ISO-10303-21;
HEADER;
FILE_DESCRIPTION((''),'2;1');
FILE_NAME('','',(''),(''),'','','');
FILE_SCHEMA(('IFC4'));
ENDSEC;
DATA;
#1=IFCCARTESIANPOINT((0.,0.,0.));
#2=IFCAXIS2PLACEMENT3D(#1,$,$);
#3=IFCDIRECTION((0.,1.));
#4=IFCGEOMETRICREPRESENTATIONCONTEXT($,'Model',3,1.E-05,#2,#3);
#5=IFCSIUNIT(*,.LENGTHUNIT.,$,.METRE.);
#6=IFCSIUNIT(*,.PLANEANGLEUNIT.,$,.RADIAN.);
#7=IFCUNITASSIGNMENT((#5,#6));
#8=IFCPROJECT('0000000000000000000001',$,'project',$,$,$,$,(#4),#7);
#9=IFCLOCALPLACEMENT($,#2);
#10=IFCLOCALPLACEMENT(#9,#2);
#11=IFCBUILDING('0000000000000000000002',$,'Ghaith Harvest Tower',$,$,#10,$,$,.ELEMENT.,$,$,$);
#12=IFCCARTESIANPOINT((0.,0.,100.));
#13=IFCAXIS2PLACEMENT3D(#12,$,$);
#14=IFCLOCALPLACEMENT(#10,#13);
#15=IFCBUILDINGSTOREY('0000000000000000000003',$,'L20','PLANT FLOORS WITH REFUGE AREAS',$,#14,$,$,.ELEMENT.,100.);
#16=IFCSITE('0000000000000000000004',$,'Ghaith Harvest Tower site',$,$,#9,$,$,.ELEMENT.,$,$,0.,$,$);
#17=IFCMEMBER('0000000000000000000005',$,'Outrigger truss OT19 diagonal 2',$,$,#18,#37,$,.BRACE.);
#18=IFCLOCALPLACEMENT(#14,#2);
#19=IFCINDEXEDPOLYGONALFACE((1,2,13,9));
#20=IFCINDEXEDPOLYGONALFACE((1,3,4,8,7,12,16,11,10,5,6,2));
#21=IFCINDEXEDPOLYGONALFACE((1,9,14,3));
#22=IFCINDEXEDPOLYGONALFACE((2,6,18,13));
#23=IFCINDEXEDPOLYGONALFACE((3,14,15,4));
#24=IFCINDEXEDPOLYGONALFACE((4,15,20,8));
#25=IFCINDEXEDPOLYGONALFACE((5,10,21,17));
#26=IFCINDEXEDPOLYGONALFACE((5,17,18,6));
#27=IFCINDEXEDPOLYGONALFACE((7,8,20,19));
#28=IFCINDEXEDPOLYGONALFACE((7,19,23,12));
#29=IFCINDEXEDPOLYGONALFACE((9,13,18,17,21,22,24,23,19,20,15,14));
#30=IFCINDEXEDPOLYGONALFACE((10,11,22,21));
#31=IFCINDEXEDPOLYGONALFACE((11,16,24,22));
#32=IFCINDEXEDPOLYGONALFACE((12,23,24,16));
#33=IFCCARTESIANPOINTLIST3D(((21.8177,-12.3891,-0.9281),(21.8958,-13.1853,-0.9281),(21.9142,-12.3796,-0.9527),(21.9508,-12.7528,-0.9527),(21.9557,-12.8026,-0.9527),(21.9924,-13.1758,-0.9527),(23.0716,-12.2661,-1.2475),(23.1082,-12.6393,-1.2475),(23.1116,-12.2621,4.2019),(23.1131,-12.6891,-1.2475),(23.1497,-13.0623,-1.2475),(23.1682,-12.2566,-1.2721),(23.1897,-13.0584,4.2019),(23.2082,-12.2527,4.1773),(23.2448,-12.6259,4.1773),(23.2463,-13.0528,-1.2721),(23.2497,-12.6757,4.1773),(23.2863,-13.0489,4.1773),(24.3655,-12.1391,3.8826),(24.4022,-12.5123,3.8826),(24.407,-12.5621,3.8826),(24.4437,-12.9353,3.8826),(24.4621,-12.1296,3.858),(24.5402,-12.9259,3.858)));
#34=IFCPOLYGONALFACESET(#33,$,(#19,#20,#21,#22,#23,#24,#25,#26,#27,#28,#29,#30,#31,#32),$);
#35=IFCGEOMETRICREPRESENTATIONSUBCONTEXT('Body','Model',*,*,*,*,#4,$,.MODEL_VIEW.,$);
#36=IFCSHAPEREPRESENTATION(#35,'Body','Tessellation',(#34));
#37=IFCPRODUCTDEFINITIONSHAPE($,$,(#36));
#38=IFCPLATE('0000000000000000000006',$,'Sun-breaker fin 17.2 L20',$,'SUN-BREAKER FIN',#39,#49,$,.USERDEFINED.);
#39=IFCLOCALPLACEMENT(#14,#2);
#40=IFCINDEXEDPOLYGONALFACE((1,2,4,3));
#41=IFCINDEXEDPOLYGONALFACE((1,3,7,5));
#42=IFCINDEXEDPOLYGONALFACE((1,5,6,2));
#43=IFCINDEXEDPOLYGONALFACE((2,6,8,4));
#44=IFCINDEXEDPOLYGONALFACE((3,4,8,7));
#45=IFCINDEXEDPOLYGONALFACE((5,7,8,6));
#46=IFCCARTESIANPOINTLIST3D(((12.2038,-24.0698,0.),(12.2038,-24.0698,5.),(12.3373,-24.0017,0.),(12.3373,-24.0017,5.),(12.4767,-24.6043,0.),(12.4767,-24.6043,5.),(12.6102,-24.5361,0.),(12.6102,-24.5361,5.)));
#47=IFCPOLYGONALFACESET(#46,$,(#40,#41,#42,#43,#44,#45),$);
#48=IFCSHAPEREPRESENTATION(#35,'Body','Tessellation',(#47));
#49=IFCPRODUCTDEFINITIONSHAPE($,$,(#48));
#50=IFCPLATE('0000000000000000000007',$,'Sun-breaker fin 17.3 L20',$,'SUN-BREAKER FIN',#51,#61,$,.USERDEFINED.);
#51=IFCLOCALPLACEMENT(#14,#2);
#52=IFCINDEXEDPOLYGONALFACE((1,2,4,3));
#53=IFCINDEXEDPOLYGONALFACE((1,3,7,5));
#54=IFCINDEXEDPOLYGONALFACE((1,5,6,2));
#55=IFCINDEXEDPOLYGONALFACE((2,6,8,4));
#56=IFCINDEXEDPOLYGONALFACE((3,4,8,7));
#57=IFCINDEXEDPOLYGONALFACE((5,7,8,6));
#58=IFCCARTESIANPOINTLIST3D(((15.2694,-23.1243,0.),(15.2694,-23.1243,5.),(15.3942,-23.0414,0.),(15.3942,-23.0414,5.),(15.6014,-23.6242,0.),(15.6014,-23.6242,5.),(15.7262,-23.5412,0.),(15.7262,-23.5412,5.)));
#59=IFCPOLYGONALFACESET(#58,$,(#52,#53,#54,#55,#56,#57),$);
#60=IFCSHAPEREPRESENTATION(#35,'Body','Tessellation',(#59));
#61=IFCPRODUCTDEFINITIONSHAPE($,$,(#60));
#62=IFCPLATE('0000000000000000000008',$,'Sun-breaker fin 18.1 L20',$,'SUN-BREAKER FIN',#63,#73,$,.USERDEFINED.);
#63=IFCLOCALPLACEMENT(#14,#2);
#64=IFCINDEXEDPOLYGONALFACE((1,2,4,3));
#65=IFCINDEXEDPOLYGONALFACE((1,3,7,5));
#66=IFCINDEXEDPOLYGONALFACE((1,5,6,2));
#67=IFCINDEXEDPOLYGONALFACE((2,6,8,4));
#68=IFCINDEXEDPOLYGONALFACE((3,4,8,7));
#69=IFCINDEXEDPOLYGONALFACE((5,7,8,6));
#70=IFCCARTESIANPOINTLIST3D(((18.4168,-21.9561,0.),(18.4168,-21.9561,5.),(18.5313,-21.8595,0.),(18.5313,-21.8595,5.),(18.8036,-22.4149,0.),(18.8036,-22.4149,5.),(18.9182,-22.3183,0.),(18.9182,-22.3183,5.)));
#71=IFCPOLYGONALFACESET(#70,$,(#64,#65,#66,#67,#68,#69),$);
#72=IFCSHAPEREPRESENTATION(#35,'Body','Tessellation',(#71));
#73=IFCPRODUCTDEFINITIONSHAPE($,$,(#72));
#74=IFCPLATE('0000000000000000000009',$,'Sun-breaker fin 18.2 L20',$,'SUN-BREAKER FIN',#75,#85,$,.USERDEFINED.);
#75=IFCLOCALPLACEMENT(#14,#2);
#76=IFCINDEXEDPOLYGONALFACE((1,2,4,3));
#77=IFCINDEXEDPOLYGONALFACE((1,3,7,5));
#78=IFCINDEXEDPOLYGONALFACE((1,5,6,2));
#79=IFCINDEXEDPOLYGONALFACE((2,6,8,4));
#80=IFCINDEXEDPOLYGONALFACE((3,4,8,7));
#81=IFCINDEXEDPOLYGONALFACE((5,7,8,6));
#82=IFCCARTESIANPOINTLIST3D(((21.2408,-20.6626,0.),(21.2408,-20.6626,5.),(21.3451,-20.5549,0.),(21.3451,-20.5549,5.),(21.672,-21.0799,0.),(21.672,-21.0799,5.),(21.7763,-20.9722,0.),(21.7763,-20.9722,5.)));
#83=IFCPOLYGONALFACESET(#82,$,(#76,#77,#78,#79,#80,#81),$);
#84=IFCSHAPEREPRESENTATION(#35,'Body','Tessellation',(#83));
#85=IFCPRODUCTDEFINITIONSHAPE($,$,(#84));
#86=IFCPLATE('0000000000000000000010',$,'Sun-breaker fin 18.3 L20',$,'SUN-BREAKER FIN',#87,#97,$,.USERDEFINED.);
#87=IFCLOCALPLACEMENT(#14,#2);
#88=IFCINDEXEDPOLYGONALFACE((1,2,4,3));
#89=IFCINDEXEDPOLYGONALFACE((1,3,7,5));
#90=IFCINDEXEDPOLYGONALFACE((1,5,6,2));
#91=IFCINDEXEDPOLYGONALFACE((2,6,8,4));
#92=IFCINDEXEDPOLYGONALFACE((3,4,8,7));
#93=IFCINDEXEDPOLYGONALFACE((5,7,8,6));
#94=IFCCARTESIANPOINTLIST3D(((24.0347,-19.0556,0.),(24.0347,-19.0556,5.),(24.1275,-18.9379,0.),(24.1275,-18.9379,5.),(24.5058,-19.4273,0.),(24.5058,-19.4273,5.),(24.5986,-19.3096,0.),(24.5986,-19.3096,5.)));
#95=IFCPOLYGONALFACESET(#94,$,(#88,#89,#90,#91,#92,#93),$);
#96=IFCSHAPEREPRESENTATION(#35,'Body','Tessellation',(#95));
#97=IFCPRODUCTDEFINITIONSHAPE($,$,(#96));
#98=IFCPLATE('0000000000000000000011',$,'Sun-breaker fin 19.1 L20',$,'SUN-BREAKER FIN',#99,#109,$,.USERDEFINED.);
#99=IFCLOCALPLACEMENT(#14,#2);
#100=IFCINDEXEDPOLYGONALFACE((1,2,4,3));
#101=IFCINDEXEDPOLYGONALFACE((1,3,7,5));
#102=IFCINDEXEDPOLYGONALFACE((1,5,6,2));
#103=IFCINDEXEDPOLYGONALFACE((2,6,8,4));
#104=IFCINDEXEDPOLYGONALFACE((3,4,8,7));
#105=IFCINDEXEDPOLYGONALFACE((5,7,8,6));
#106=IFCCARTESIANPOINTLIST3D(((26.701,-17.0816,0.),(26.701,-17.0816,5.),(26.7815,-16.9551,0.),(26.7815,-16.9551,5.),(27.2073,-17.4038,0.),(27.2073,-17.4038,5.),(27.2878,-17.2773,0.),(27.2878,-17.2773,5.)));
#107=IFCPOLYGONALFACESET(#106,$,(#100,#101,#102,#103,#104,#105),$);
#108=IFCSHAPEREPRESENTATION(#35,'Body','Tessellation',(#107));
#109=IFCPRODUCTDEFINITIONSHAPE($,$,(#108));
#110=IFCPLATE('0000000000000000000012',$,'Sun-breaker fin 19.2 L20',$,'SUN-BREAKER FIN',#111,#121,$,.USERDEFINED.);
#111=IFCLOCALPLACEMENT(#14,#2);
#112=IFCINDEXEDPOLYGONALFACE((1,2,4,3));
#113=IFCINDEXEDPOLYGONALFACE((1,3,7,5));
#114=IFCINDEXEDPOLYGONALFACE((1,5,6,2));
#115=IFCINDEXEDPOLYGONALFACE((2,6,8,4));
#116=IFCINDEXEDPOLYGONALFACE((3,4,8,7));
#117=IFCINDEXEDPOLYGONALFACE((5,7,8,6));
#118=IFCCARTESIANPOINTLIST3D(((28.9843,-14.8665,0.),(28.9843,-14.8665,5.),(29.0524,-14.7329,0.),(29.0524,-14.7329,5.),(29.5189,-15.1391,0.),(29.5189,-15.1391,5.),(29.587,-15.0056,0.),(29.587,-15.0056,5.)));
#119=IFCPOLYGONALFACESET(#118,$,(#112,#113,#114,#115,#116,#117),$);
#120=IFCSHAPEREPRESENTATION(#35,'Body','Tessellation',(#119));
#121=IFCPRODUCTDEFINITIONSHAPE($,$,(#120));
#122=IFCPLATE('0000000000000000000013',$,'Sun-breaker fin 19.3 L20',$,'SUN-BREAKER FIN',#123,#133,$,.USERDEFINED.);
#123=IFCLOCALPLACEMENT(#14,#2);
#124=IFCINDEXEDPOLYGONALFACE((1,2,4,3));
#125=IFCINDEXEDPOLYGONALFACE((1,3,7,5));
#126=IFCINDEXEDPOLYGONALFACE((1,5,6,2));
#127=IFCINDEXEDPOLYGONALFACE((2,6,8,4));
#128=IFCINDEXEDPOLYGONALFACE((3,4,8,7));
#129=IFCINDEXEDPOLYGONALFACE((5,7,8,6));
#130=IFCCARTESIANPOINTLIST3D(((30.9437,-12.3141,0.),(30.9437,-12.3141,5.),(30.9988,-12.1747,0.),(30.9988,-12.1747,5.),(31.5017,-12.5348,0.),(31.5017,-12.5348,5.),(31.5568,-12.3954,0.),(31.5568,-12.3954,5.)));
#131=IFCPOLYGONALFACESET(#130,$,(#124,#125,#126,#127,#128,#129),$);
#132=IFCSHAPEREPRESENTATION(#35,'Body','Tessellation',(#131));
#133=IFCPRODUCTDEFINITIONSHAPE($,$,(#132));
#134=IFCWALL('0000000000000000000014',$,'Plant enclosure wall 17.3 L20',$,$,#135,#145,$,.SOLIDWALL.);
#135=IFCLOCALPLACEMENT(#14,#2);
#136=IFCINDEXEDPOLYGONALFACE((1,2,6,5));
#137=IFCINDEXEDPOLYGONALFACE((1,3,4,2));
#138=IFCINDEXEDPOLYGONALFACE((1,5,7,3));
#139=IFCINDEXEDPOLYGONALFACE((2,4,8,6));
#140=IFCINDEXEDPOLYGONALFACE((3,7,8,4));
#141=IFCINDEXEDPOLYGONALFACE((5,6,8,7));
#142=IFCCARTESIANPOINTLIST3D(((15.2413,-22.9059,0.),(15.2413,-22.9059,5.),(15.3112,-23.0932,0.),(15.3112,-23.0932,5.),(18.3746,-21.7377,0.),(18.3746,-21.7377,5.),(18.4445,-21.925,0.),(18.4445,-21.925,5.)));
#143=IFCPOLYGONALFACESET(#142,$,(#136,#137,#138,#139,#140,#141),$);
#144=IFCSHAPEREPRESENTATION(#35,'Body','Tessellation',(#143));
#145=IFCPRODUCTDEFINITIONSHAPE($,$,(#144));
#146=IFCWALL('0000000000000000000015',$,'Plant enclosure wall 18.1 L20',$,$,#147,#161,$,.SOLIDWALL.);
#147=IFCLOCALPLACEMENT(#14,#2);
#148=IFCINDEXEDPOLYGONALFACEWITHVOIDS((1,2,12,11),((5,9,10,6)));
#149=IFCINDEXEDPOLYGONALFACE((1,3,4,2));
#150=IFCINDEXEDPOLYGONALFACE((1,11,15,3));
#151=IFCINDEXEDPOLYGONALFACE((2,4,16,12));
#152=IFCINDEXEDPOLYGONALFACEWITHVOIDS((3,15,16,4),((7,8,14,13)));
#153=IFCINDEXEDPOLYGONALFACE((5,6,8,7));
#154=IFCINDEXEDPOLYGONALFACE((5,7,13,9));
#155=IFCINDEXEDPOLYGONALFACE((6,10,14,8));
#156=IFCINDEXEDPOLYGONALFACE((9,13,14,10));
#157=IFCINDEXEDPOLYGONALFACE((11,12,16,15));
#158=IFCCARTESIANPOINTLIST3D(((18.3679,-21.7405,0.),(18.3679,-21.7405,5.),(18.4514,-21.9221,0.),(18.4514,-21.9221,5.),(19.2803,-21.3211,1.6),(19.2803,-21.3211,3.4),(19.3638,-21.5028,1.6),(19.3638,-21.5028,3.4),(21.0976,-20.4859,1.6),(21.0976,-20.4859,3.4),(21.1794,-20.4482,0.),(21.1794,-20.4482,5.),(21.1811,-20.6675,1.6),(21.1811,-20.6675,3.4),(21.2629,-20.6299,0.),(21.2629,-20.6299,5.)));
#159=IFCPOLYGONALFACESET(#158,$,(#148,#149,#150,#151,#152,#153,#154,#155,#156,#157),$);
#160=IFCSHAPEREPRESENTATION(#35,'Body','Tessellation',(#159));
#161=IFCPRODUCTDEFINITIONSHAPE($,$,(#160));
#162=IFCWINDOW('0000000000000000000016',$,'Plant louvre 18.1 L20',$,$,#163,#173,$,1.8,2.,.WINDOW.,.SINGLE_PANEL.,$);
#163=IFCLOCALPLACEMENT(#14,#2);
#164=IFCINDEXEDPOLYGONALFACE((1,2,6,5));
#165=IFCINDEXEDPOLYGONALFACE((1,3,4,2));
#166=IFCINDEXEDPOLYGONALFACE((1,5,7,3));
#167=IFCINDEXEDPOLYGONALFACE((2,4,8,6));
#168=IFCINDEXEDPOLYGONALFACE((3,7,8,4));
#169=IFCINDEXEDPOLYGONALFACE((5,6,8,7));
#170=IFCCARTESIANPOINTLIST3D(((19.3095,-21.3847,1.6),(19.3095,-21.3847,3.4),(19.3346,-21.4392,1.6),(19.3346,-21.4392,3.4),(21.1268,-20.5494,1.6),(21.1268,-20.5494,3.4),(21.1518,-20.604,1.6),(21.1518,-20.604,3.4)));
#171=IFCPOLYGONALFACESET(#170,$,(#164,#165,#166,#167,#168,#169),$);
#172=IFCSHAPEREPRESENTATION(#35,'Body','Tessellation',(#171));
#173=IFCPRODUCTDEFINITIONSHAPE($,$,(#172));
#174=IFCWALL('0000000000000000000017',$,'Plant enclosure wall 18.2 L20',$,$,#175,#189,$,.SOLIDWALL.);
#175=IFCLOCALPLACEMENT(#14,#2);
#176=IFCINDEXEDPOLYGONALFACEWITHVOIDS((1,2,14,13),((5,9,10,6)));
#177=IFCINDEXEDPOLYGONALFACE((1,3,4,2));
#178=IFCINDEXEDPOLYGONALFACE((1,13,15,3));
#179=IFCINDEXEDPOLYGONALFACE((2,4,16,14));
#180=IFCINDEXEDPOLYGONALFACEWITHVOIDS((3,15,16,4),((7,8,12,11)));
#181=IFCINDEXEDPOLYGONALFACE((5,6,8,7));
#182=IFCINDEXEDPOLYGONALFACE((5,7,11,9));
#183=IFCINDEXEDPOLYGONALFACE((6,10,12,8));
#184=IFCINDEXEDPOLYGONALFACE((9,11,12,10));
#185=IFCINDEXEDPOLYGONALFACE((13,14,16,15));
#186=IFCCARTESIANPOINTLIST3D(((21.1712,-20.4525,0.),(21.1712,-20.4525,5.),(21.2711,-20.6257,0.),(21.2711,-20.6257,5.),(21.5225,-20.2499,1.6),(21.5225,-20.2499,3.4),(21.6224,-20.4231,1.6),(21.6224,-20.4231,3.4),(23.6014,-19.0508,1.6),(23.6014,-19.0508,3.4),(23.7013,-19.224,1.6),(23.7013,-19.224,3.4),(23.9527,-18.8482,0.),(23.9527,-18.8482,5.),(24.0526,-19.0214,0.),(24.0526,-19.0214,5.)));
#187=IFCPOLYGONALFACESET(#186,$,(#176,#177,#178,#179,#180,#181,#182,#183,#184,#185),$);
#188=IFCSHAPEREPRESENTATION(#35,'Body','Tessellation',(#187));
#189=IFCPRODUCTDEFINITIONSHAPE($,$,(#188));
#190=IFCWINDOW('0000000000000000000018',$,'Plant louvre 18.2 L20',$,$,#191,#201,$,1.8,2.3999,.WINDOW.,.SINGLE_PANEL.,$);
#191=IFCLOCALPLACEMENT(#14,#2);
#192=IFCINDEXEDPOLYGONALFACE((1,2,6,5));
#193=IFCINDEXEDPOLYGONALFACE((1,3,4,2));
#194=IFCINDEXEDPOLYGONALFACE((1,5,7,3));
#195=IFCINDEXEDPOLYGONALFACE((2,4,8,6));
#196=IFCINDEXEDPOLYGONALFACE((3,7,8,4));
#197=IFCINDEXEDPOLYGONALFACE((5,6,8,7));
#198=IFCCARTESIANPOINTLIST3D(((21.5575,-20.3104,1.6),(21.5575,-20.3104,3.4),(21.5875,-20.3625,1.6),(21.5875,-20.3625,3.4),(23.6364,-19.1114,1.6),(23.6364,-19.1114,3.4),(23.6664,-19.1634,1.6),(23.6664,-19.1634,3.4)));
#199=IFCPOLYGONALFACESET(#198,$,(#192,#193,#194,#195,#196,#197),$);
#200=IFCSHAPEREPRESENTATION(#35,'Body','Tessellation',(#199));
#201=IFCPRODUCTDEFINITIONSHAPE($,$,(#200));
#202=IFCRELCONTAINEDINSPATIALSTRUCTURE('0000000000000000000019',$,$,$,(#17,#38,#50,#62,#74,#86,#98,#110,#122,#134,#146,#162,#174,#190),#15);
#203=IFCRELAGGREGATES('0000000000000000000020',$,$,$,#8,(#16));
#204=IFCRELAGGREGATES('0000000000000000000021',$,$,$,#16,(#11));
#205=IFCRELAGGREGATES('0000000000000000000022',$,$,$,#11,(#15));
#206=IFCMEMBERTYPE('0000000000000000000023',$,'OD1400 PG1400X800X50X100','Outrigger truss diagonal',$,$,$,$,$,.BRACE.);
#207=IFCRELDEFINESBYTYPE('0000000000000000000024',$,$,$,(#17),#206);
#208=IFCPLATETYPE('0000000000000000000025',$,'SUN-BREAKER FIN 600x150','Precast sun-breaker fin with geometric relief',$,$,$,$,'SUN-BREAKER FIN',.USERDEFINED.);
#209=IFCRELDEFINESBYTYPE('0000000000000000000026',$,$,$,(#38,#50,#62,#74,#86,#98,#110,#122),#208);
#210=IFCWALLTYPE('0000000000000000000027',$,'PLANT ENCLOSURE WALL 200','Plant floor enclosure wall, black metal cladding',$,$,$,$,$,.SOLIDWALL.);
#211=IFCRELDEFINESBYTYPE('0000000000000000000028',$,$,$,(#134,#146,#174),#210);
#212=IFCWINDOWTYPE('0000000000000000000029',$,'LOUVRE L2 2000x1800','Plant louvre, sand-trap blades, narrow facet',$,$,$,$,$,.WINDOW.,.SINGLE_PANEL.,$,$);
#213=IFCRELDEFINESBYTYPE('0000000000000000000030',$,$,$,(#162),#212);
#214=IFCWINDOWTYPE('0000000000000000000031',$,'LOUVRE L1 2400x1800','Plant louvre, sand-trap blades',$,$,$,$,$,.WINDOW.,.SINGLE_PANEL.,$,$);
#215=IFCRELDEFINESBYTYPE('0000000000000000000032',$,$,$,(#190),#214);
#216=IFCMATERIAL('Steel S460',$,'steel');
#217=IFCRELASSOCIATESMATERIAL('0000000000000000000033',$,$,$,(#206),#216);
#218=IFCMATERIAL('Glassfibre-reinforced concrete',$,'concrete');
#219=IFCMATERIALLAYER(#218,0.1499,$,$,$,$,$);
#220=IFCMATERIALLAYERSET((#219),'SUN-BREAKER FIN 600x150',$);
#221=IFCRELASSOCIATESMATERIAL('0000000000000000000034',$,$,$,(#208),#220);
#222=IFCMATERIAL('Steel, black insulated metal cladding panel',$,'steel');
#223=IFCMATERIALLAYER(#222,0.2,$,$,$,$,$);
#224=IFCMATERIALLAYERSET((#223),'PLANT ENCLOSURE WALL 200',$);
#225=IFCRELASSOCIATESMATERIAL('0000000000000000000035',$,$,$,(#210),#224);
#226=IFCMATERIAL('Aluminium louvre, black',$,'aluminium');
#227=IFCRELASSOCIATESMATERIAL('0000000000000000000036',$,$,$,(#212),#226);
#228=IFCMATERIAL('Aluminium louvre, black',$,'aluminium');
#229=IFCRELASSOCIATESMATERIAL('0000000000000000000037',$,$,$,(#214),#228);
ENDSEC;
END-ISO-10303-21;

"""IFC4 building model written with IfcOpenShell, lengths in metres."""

from ifc_helpers import new_model, si_unit, direction, frame, frame_2d, origin, origin_2d, place, context, subcontext, project, spatial, rectangle, i_section, extrude, material, layer, layer_set, material_profile, profile_set, type_object, element, fill, save


model = new_model("IFC4")

# Units and contexts
model_context = context("Model", 3, precision=1e-05, world=origin(), true_north=direction((0.0, 1.0)))
body_context = subcontext(model_context, "Body", "Model", "MODEL_VIEW")
ifc_project = project(units=[si_unit("LENGTHUNIT", "METRE"), si_unit("PLANEANGLEUNIT", "RADIAN")], contexts=[model_context])

# Site, building, storey
site_placement = place(None, origin())
site = spatial("IfcSite", under=ifc_project, at=site_placement, Name="Ghaith Harvest Tower site", CompositionType="ELEMENT", RefElevation=0.0)
building_placement = place(site_placement, origin())
building = spatial("IfcBuilding", under=site, at=building_placement, Name="Ghaith Harvest Tower", CompositionType="ELEMENT")
storey_placement = place(building_placement, frame((0.0, 0.0, 100.0)))
storey = spatial("IfcBuildingStorey", under=building, at=storey_placement, Name="L20", Description="PLANT FLOORS WITH REFUGE AREAS", CompositionType="ELEMENT", Elevation=100.0)

# Member
ifc_material_1 = material(Name="Steel S460", Category="steel")
ifc_material_profile_1 = material_profile(ifc_material_1, i_section(OverallWidth=0.8, OverallDepth=1.3999, WebThickness=0.05, FlangeThickness=0.1001, at=origin_2d()), Name="PG1400X800X50X100")
ifc_profile_set_1 = profile_set([ifc_material_profile_1], Name="Steel S460")
member_type_1 = type_object("IfcMemberType", Name="OD1400 PG1400X800X50X100", Description="Outrigger truss diagonal", PredefinedType="BRACE", material=ifc_profile_set_1)
member_1_placement = place(storey_placement, frame((22.532, -12.7209, -1.1001), z_axis=(0.244495, 0.023988, 0.969354), x_axis=(-0.097644, 0.995221, 0.0)))
element("IfcMember", 1, at=member_1_placement, inside=storey, type_object=member_type_1, Name="Outrigger truss OT19 diagonal 2", PredefinedType="BRACE", context=body_context, shape_type="SweptSolid", body=[
    extrude(i_section(OverallWidth=0.8, OverallDepth=1.3999, WebThickness=0.05, FlangeThickness=0.1001, at=origin_2d()), origin(), (0.0, 0.0, 1.0), 5.2922),
])

# Plates
ifc_material_2 = material(Name="Glassfibre-reinforced concrete", Category="concrete")
ifc_layer_1 = layer(ifc_material_2, 0.1499)
ifc_layer_set_1 = layer_set([ifc_layer_1], Name="SUN-BREAKER FIN 600x150")
plate_type = type_object("IfcPlateType", Name="SUN-BREAKER FIN 600x150", Description="Precast sun-breaker fin with geometric relief", ElementType="SUN-BREAKER FIN", PredefinedType="USERDEFINED", material=ifc_layer_set_1)
for number, where, z_axis, x_axis, name in (
    (2, (12.407, -24.303, 0.0), (0.0, 0.0, 1.0), (0.454691, -0.890649, 0.0), "Sun-breaker fin 17.2 L20"),
    (3, (15.4978, -23.3328, 0.0), (0.0, 0.0, 1.0), (0.553283, -0.832994, 0.0), "Sun-breaker fin 17.3 L20"),
    (4, (18.6675, -22.1372, 0.0), (0.0, 0.0, 1.0), (0.644657, -0.764472, 0.0), "Sun-breaker fin 18.1 L20"),
    (5, (21.5085, -20.8174, 0.0), (0.0, 0.0, 1.0), (0.718559, -0.695466, 0.0), "Sun-breaker fin 18.2 L20"),
    (6, (24.3167, -19.1826, 0.0), (0.0, 0.0, 1.0), (0.785115, -0.61935, 0.0), "Sun-breaker fin 18.3 L20"),
    (7, (26.9944, -17.1794, 0.0), (0.0, 0.0, 1.0), (0.843644, -0.536903, 0.0), "Sun-breaker fin 19.1 L20"),
    (8, (29.2856, -14.936, 0.0), (0.0, 0.0, 1.0), (0.890831, -0.454335, 0.0), "Sun-breaker fin 19.2 L20"),
    (9, (31.2502, -12.3547, 0.0), (0.0, 0.0, 1.0), (0.929961, -0.367659, 0.0), "Sun-breaker fin 19.3 L20"),
):
    element("IfcPlate", number, at=place(storey_placement, frame(where, z_axis=z_axis, x_axis=x_axis)), inside=storey, type_object=plate_type, Name=name, ObjectType="SUN-BREAKER FIN", PredefinedType="USERDEFINED", context=body_context, shape_type="SweptSolid", body=[
        extrude(rectangle(XDim=0.6001, YDim=0.1499, at=origin_2d()), origin(), (0.0, 0.0, 1.0), 5.0),
    ])

# Wall
ifc_material_3 = material(Name="Steel, black insulated metal cladding panel", Category="steel")
ifc_layer_2 = layer(ifc_material_3, 0.2)
ifc_layer_set_2 = layer_set([ifc_layer_2], Name="PLANT ENCLOSURE WALL 200")
wall_type = type_object("IfcWallType", Name="PLANT ENCLOSURE WALL 200", Description="Plant floor enclosure wall, black metal cladding", PredefinedType="SOLIDWALL", material=ifc_layer_set_2)
wall_1_placement = place(storey_placement, frame((15.2764, -22.9995, 0.0), z_axis=(0.0, 0.0, 1.0), x_axis=(0.936994, 0.349347, 0.0)))
element("IfcWall", 10, at=wall_1_placement, inside=storey, type_object=wall_type, Name="Plant enclosure wall 17.3 L20", PredefinedType="SOLIDWALL", context=body_context, shape_type="SweptSolid", body=[
    extrude(rectangle(XDim=3.344, YDim=0.2, at=frame_2d((1.6719, 0.0))), origin(), (0.0, 0.0, 1.0), 5.0),
])

# Walls, openings, windows
wall_2_placement = place(storey_placement, frame((18.4097, -21.8313, 0.0), z_axis=(0.0, 0.0, 1.0), x_axis=(0.908621, 0.417622, 0.0)))
wall_2 = element("IfcWall", 11, at=wall_2_placement, inside=storey, type_object=wall_type, Name="Plant enclosure wall 18.1 L20", PredefinedType="SOLIDWALL", context=body_context, shape_type="SweptSolid", body=[
    extrude(rectangle(XDim=3.0942, YDim=0.2, at=frame_2d((1.5471, 0.0))), origin(), (0.0, 0.0, 1.0), 5.0),
])
opening_1_placement = place(wall_2_placement, frame((1.0042, 0.0, 1.6001)))
opening_1 = element("IfcOpeningElement", 12, at=opening_1_placement, cuts=wall_2, PredefinedType="OPENING", context=body_context, shape_type="SweptSolid", body=[
    extrude(rectangle(XDim=2.0, YDim=1.8, at=frame_2d((1.0, 0.8999))), frame((0.0, 0.1099, 0.0), z_axis=(0.0, -1.0, 0.0), x_axis=(1.0, 0.0, 0.0)), (0.0, 0.0, 1.0), 0.22),
])
ifc_material_4 = material(Name="Aluminium louvre, black", Category="aluminium")
window_type_1 = type_object("IfcWindowType", Name="LOUVRE L2 2000x1800", Description="Plant louvre, sand-trap blades, narrow facet", PartitioningType="SINGLE_PANEL", PredefinedType="WINDOW", material=ifc_material_4)
window_1_placement = place(opening_1_placement, origin())
window_1 = element("IfcWindow", 13, at=window_1_placement, inside=storey, type_object=window_type_1, Name="Plant louvre 18.1 L20", OverallHeight=1.8, OverallWidth=2.0, PartitioningType="SINGLE_PANEL", PredefinedType="WINDOW", context=body_context, shape_type="SweptSolid", body=[
    extrude(rectangle(XDim=2.0, YDim=1.8, at=frame_2d((1.0, 0.8999))), frame((0.0, 0.03, 0.0), z_axis=(0.0, -1.0, 0.0), x_axis=(1.0, 0.0, 0.0)), (0.0, 0.0, 1.0), 0.0601),
])
fill(opening_1, window_1)
wall_3_placement = place(storey_placement, frame((21.2212, -20.5391, 0.0), z_axis=(0.0, 0.0, 1.0), x_axis=(0.866248, 0.499615, 0.0)))
wall_3 = element("IfcWall", 14, at=wall_3_placement, inside=storey, type_object=wall_type, Name="Plant enclosure wall 18.2 L20", PredefinedType="SOLIDWALL", context=body_context, shape_type="SweptSolid", body=[
    extrude(rectangle(XDim=3.2109, YDim=0.2, at=frame_2d((1.6055, 0.0))), origin(), (0.0, 0.0, 1.0), 5.0),
])
opening_2_placement = place(wall_3_placement, frame((0.4055, 0.0, 1.6001)))
opening_2 = element("IfcOpeningElement", 15, at=opening_2_placement, cuts=wall_3, PredefinedType="OPENING", context=body_context, shape_type="SweptSolid", body=[
    extrude(rectangle(XDim=2.3999, YDim=1.8, at=frame_2d((1.2, 0.8999))), frame((0.0, 0.1099, 0.0), z_axis=(0.0, -1.0, 0.0), x_axis=(1.0, 0.0, 0.0)), (0.0, 0.0, 1.0), 0.22),
])
ifc_material_5 = material(Name="Aluminium louvre, black", Category="aluminium")
window_type_2 = type_object("IfcWindowType", Name="LOUVRE L1 2400x1800", Description="Plant louvre, sand-trap blades", PartitioningType="SINGLE_PANEL", PredefinedType="WINDOW", material=ifc_material_5)
window_2_placement = place(opening_2_placement, origin())
window_2 = element("IfcWindow", 16, at=window_2_placement, inside=storey, type_object=window_type_2, Name="Plant louvre 18.2 L20", OverallHeight=1.8, OverallWidth=2.3999, PartitioningType="SINGLE_PANEL", PredefinedType="WINDOW", context=body_context, shape_type="SweptSolid", body=[
    extrude(rectangle(XDim=2.3999, YDim=1.8, at=frame_2d((1.2, 0.8999))), frame((0.0, 0.03, 0.0), z_axis=(0.0, -1.0, 0.0), x_axis=(1.0, 0.0, 0.0)), (0.0, 0.0, 1.0), 0.0601),
])
fill(opening_2, window_2)

save(model, "model.ifc")
